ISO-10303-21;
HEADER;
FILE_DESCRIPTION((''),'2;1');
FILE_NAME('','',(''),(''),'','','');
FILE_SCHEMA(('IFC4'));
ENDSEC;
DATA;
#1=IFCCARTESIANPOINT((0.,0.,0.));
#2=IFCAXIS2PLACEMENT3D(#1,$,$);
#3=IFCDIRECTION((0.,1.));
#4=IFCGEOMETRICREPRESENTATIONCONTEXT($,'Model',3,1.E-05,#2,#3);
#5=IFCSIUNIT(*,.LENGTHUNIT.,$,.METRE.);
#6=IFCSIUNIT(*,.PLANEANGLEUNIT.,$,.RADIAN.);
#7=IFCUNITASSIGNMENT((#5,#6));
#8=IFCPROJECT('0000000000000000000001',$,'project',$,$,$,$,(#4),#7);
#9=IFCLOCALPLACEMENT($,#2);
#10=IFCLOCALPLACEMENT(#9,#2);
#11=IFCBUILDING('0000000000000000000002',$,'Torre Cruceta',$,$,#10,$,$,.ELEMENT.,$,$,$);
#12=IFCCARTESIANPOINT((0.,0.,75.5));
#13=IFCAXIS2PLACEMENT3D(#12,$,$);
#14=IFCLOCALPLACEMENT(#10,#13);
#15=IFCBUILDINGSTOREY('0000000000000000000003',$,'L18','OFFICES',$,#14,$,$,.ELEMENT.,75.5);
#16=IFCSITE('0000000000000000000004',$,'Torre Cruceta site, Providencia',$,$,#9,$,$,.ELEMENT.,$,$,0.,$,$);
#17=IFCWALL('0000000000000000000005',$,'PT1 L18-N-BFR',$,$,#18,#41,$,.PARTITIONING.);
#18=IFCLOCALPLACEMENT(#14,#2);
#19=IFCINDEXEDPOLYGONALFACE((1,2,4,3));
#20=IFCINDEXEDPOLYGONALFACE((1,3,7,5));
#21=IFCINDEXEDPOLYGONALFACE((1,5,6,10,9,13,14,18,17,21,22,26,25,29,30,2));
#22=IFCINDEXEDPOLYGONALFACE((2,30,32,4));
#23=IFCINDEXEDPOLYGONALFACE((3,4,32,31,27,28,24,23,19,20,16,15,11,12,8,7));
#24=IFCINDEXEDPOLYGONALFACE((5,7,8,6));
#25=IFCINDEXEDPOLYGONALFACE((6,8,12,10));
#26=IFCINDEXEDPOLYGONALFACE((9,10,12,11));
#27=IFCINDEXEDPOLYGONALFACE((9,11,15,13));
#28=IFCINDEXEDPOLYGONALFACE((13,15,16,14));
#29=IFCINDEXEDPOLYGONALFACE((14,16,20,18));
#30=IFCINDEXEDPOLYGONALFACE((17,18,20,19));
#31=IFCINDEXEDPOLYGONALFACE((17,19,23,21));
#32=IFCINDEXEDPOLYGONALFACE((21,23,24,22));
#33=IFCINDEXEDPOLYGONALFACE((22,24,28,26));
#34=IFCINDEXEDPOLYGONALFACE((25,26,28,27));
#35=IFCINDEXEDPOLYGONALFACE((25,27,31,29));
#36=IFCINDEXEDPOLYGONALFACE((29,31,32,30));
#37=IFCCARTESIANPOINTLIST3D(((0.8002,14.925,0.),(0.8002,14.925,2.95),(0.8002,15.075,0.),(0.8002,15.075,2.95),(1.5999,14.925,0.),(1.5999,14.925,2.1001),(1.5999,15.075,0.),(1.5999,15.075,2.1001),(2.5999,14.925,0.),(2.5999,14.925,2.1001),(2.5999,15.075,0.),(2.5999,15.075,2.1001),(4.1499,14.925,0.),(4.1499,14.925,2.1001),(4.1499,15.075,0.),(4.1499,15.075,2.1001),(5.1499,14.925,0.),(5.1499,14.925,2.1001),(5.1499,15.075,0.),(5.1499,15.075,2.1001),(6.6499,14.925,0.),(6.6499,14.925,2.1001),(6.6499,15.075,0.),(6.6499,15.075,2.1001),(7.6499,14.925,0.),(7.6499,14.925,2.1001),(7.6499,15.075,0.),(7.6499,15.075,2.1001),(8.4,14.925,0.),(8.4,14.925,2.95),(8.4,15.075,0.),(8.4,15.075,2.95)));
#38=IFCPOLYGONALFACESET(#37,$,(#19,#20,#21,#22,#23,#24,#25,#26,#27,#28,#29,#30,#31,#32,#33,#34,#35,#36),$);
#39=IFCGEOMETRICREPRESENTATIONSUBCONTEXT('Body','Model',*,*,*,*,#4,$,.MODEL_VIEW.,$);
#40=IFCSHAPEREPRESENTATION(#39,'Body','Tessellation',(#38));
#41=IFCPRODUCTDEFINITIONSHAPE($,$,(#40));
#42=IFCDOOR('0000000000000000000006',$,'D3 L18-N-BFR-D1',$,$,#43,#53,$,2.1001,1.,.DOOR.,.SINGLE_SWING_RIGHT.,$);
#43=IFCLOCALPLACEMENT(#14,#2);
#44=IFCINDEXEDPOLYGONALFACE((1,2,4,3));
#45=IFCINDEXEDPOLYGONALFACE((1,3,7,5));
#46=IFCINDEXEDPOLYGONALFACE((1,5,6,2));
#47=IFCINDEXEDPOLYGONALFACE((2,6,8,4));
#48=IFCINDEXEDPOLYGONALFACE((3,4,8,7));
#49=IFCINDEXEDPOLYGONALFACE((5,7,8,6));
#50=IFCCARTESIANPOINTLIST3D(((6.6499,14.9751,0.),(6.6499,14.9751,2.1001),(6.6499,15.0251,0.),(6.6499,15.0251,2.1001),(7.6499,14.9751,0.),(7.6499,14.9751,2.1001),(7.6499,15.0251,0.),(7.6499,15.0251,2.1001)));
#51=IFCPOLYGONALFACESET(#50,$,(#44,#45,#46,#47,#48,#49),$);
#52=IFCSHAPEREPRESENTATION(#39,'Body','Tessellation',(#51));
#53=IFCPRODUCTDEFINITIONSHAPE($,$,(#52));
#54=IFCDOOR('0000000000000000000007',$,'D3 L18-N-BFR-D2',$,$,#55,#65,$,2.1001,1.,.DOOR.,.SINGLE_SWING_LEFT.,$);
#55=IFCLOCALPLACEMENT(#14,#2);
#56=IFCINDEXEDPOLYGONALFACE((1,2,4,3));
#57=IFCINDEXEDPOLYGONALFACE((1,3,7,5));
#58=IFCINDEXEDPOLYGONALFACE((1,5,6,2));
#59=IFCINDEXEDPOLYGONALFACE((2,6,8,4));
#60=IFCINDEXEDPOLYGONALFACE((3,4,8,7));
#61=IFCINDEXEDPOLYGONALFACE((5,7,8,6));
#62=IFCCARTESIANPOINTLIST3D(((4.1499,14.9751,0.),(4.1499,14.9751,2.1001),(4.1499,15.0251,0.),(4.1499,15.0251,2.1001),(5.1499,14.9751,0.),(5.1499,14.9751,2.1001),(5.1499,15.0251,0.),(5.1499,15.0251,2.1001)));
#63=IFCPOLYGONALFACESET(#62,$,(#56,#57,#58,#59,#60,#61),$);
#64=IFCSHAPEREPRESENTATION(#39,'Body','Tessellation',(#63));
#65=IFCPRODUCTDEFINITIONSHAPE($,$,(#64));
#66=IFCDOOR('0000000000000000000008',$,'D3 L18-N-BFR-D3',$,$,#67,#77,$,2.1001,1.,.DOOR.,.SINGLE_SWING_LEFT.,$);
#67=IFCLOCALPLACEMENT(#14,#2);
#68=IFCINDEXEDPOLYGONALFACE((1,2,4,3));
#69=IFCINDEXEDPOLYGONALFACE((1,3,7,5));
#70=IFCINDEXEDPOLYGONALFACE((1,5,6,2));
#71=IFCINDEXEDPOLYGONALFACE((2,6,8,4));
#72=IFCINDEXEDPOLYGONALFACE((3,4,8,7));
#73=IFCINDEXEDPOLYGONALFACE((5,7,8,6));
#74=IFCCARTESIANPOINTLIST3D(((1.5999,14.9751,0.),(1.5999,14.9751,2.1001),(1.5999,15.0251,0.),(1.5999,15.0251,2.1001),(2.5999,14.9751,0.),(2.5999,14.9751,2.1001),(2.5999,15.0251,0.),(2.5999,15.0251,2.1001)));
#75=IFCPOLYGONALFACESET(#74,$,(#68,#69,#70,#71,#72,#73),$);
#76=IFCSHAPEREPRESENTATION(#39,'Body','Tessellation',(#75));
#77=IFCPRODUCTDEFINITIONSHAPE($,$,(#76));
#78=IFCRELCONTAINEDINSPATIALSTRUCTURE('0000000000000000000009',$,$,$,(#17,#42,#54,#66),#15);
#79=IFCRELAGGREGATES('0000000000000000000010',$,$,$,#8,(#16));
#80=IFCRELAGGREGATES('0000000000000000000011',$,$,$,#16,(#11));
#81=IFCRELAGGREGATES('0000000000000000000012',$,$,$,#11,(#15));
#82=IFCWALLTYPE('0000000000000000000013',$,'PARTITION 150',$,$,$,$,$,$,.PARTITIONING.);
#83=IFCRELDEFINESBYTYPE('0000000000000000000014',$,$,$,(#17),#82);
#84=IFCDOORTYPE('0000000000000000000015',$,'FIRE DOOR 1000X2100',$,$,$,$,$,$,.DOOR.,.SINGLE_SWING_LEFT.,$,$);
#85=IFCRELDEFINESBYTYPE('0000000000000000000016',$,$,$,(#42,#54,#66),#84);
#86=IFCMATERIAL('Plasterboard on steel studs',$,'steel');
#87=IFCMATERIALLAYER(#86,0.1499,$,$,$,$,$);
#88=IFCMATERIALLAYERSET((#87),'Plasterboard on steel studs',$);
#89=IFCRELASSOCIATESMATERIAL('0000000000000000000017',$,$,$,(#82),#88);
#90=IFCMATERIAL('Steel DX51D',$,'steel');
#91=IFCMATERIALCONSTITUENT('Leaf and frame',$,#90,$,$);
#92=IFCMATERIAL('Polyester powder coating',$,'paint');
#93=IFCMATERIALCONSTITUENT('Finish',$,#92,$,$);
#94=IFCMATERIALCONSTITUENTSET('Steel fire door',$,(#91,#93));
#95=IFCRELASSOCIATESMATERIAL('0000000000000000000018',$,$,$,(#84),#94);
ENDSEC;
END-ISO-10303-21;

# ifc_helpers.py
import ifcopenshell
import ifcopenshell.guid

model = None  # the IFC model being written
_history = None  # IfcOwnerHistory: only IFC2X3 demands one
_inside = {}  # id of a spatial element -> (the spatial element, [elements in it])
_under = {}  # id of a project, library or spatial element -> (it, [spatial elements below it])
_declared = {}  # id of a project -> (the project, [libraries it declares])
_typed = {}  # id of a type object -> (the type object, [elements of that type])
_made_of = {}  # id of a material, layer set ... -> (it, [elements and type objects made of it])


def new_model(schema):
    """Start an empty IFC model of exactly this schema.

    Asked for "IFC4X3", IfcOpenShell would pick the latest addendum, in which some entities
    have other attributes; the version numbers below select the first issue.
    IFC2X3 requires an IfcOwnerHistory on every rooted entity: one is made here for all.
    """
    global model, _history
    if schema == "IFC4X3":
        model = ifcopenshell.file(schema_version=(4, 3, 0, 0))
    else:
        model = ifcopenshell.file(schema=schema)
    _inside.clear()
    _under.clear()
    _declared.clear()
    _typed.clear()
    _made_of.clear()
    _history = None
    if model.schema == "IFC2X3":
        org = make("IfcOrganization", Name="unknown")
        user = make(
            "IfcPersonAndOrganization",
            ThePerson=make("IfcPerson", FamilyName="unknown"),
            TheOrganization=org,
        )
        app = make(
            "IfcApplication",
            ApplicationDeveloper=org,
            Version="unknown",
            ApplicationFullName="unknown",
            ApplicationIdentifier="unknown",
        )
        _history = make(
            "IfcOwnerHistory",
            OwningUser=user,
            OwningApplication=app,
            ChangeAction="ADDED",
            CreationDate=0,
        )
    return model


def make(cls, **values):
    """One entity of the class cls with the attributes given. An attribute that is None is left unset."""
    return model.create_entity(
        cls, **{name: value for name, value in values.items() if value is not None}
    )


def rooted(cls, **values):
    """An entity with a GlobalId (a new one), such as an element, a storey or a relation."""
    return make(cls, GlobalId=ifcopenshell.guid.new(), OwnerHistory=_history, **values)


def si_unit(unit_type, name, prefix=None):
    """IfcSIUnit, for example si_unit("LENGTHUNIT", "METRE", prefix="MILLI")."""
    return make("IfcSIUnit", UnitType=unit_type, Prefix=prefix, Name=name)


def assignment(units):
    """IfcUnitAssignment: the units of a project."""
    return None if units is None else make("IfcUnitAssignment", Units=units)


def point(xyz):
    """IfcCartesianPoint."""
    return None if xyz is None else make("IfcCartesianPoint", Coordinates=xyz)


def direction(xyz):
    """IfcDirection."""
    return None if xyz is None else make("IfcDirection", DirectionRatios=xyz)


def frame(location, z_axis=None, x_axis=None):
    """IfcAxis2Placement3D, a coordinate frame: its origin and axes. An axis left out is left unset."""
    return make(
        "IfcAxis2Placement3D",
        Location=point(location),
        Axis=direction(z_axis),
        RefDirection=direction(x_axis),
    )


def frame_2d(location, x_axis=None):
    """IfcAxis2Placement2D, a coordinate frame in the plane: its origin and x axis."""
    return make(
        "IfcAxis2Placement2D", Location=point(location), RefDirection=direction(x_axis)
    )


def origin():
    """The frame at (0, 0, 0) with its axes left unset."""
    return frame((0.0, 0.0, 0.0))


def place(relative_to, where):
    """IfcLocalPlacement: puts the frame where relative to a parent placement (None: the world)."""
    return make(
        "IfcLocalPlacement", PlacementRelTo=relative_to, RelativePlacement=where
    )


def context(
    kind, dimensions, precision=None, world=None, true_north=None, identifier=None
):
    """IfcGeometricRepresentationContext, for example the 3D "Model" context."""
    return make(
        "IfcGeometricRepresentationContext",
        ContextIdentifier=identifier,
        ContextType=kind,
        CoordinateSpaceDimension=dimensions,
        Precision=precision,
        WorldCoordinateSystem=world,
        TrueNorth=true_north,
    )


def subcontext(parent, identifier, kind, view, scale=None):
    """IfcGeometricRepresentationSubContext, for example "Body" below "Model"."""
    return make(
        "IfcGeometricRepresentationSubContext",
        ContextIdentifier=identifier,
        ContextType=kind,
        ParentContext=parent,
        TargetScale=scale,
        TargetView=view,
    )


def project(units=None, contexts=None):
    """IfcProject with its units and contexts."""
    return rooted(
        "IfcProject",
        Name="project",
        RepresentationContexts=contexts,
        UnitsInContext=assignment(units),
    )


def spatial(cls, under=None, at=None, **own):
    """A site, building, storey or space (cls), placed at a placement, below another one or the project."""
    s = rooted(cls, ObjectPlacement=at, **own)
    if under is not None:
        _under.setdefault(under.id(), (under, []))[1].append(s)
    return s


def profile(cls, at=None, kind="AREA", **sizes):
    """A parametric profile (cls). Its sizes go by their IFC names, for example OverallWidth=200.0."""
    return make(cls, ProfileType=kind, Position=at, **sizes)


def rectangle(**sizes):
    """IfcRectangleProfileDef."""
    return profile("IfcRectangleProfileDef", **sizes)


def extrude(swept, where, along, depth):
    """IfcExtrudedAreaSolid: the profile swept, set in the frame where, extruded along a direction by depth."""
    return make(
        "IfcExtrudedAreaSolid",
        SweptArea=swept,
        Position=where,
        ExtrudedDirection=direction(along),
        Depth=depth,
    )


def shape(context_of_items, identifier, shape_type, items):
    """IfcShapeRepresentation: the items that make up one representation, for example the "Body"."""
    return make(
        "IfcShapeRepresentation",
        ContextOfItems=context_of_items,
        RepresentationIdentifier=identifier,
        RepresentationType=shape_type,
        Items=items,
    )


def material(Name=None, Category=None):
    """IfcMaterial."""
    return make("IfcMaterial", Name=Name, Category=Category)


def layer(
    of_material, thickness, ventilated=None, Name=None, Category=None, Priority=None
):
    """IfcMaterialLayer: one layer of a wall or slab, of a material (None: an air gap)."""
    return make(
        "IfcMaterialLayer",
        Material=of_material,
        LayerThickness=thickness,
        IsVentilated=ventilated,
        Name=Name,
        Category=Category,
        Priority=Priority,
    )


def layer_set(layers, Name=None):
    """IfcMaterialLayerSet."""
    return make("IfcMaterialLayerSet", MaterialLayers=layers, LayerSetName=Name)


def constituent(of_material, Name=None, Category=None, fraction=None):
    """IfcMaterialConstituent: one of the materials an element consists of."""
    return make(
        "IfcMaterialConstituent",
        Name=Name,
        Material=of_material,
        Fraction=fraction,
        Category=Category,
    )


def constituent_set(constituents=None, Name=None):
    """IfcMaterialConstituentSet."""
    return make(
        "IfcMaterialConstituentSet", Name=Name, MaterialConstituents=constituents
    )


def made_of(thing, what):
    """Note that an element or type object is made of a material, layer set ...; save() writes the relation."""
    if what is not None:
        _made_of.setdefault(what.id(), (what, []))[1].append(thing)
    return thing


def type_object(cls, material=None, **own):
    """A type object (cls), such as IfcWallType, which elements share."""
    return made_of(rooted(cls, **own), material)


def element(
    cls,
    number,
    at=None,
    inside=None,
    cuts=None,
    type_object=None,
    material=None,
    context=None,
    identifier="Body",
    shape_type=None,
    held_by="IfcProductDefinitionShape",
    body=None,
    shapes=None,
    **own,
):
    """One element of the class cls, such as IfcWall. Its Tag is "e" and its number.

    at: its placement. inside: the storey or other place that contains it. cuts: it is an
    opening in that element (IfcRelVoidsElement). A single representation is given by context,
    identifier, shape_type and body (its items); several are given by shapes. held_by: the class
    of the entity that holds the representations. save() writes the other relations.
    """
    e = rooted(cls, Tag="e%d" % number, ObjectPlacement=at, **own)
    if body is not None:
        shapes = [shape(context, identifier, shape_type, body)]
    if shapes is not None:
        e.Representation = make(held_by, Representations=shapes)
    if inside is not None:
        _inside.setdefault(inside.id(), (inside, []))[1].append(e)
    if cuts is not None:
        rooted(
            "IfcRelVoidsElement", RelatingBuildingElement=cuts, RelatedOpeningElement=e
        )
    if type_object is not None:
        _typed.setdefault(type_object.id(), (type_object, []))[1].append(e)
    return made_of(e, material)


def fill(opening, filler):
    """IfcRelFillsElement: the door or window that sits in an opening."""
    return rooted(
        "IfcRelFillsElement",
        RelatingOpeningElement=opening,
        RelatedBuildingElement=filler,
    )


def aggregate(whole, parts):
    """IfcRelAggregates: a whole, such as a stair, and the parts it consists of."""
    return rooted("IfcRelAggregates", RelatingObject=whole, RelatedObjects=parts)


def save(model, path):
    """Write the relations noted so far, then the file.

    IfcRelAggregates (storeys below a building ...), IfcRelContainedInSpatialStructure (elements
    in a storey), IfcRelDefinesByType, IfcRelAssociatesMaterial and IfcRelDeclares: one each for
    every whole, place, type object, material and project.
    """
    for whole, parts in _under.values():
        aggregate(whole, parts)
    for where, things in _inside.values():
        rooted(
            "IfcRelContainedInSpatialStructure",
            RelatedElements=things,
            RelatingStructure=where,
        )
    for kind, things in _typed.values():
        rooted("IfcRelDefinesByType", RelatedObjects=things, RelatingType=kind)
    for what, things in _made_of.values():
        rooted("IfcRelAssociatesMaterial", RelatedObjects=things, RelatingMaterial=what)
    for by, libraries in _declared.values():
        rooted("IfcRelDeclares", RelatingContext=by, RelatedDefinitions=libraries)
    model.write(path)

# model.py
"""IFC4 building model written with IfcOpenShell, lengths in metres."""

from ifc_helpers import new_model, si_unit, direction, frame, frame_2d, origin, place, context, subcontext, project, spatial, rectangle, extrude, material, layer, layer_set, constituent, constituent_set, type_object, element, fill, save


model = new_model("IFC4")

# Units and contexts
model_context = context("Model", 3, precision=1e-05, world=origin(), true_north=direction((0.0, 1.0)))
body_context = subcontext(model_context, "Body", "Model", "MODEL_VIEW")
ifc_project = project(units=[si_unit("LENGTHUNIT", "METRE"), si_unit("PLANEANGLEUNIT", "RADIAN")], contexts=[model_context])

# Site, building, storey
site_placement = place(None, origin())
site = spatial("IfcSite", under=ifc_project, at=site_placement, Name="Torre Cruceta site, Providencia", CompositionType="ELEMENT", RefElevation=0.0)
building_placement = place(site_placement, origin())
building = spatial("IfcBuilding", under=site, at=building_placement, Name="Torre Cruceta", CompositionType="ELEMENT")
storey_placement = place(building_placement, frame((0.0, 0.0, 75.5)))
storey = spatial("IfcBuildingStorey", under=building, at=storey_placement, Name="L18", Description="OFFICES", CompositionType="ELEMENT", Elevation=75.5)

# Wall, openings, doors
ifc_material_1 = material(Name="Plasterboard on steel studs", Category="steel")
ifc_layer_1 = layer(ifc_material_1, 0.1499)
ifc_layer_set_1 = layer_set([ifc_layer_1], Name="Plasterboard on steel studs")
wall_type_1 = type_object("IfcWallType", Name="PARTITION 150", PredefinedType="PARTITIONING", material=ifc_layer_set_1)
wall_1_placement = place(storey_placement, frame((8.3999, 15.0, 0.0), z_axis=(0.0, 0.0, 1.0), x_axis=(-1.0, 0.0, 0.0)))
wall_1 = element("IfcWall", 1, at=wall_1_placement, inside=storey, type_object=wall_type_1, Name="PT1 L18-N-BFR", PredefinedType="PARTITIONING", context=body_context, shape_type="SweptSolid", body=[
    extrude(rectangle(XDim=7.5999, YDim=0.1499, at=frame_2d((3.7998, 0.0))), origin(), (0.0, 0.0, 1.0), 2.95),
])
opening_1_placement = place(wall_1_placement, frame((0.75, 0.0, 0.0)))
opening_1 = element("IfcOpeningElement", 2, at=opening_1_placement, cuts=wall_1, PredefinedType="OPENING", context=body_context, shape_type="SweptSolid", body=[
    extrude(rectangle(XDim=1.0, YDim=2.1001, at=frame_2d((0.5, 1.05))), frame((0.0, 0.085, 0.0), z_axis=(0.0, -1.0, 0.0), x_axis=(1.0, 0.0, 0.0)), (0.0, 0.0, 1.0), 0.1699),
])
opening_2_placement = place(wall_1_placement, frame((3.25, 0.0, 0.0)))
opening_2 = element("IfcOpeningElement", 3, at=opening_2_placement, cuts=wall_1, PredefinedType="OPENING", context=body_context, shape_type="SweptSolid", body=[
    extrude(rectangle(XDim=1.0, YDim=2.1001, at=frame_2d((0.5, 1.05))), frame((0.0, 0.085, 0.0), z_axis=(0.0, -1.0, 0.0), x_axis=(1.0, 0.0, 0.0)), (0.0, 0.0, 1.0), 0.1699),
])
opening_3_placement = place(wall_1_placement, frame((5.8, 0.0, 0.0)))
opening_3 = element("IfcOpeningElement", 4, at=opening_3_placement, cuts=wall_1, PredefinedType="OPENING", context=body_context, shape_type="SweptSolid", body=[
    extrude(rectangle(XDim=1.0, YDim=2.1001, at=frame_2d((0.5, 1.05))), frame((0.0, 0.085, 0.0), z_axis=(0.0, -1.0, 0.0), x_axis=(1.0, 0.0, 0.0)), (0.0, 0.0, 1.0), 0.1699),
])
ifc_material_2 = material(Name="Steel DX51D", Category="steel")
ifc_constituent_1 = constituent(ifc_material_2, Name="Leaf and frame")
ifc_material_3 = material(Name="Polyester powder coating", Category="paint")
ifc_constituent_2 = constituent(ifc_material_3, Name="Finish")
ifc_constituent_set_1 = constituent_set(constituents=[ifc_constituent_1, ifc_constituent_2], Name="Steel fire door")
door_type_1 = type_object("IfcDoorType", Name="FIRE DOOR 1000X2100", OperationType="SINGLE_SWING_LEFT", PredefinedType="DOOR", material=ifc_constituent_set_1)
door_1_placement = place(opening_1_placement, origin())
door_1 = element("IfcDoor", 5, at=door_1_placement, inside=storey, type_object=door_type_1, Name="D3 L18-N-BFR-D1", OperationType="SINGLE_SWING_RIGHT", OverallHeight=2.1001, OverallWidth=1.0, PredefinedType="DOOR", context=body_context, shape_type="SweptSolid", body=[
    extrude(rectangle(XDim=1.0, YDim=2.1001, at=frame_2d((0.5, 1.05))), frame((0.0, 0.0249, 0.0), z_axis=(0.0, -1.0, 0.0), x_axis=(1.0, 0.0, 0.0)), (0.0, 0.0, 1.0), 0.05),
])
fill(opening_1, door_1)
door_2_placement = place(opening_2_placement, origin())
door_2 = element("IfcDoor", 6, at=door_2_placement, inside=storey, type_object=door_type_1, Name="D3 L18-N-BFR-D2", OperationType="SINGLE_SWING_LEFT", OverallHeight=2.1001, OverallWidth=1.0, PredefinedType="DOOR", context=body_context, shape_type="SweptSolid", body=[
    extrude(rectangle(XDim=1.0, YDim=2.1001, at=frame_2d((0.5, 1.05))), frame((0.0, 0.0249, 0.0), z_axis=(0.0, -1.0, 0.0), x_axis=(1.0, 0.0, 0.0)), (0.0, 0.0, 1.0), 0.05),
])
fill(opening_2, door_2)
door_3_placement = place(opening_3_placement, origin())
door_3 = element("IfcDoor", 7, at=door_3_placement, inside=storey, type_object=door_type_1, Name="D3 L18-N-BFR-D3", OperationType="SINGLE_SWING_LEFT", OverallHeight=2.1001, OverallWidth=1.0, PredefinedType="DOOR", context=body_context, shape_type="SweptSolid", body=[
    extrude(rectangle(XDim=1.0, YDim=2.1001, at=frame_2d((0.5, 1.05))), frame((0.0, 0.0249, 0.0), z_axis=(0.0, -1.0, 0.0), x_axis=(1.0, 0.0, 0.0)), (0.0, 0.0, 1.0), 0.05),
])
fill(opening_3, door_3)

save(model, "model.ifc")
